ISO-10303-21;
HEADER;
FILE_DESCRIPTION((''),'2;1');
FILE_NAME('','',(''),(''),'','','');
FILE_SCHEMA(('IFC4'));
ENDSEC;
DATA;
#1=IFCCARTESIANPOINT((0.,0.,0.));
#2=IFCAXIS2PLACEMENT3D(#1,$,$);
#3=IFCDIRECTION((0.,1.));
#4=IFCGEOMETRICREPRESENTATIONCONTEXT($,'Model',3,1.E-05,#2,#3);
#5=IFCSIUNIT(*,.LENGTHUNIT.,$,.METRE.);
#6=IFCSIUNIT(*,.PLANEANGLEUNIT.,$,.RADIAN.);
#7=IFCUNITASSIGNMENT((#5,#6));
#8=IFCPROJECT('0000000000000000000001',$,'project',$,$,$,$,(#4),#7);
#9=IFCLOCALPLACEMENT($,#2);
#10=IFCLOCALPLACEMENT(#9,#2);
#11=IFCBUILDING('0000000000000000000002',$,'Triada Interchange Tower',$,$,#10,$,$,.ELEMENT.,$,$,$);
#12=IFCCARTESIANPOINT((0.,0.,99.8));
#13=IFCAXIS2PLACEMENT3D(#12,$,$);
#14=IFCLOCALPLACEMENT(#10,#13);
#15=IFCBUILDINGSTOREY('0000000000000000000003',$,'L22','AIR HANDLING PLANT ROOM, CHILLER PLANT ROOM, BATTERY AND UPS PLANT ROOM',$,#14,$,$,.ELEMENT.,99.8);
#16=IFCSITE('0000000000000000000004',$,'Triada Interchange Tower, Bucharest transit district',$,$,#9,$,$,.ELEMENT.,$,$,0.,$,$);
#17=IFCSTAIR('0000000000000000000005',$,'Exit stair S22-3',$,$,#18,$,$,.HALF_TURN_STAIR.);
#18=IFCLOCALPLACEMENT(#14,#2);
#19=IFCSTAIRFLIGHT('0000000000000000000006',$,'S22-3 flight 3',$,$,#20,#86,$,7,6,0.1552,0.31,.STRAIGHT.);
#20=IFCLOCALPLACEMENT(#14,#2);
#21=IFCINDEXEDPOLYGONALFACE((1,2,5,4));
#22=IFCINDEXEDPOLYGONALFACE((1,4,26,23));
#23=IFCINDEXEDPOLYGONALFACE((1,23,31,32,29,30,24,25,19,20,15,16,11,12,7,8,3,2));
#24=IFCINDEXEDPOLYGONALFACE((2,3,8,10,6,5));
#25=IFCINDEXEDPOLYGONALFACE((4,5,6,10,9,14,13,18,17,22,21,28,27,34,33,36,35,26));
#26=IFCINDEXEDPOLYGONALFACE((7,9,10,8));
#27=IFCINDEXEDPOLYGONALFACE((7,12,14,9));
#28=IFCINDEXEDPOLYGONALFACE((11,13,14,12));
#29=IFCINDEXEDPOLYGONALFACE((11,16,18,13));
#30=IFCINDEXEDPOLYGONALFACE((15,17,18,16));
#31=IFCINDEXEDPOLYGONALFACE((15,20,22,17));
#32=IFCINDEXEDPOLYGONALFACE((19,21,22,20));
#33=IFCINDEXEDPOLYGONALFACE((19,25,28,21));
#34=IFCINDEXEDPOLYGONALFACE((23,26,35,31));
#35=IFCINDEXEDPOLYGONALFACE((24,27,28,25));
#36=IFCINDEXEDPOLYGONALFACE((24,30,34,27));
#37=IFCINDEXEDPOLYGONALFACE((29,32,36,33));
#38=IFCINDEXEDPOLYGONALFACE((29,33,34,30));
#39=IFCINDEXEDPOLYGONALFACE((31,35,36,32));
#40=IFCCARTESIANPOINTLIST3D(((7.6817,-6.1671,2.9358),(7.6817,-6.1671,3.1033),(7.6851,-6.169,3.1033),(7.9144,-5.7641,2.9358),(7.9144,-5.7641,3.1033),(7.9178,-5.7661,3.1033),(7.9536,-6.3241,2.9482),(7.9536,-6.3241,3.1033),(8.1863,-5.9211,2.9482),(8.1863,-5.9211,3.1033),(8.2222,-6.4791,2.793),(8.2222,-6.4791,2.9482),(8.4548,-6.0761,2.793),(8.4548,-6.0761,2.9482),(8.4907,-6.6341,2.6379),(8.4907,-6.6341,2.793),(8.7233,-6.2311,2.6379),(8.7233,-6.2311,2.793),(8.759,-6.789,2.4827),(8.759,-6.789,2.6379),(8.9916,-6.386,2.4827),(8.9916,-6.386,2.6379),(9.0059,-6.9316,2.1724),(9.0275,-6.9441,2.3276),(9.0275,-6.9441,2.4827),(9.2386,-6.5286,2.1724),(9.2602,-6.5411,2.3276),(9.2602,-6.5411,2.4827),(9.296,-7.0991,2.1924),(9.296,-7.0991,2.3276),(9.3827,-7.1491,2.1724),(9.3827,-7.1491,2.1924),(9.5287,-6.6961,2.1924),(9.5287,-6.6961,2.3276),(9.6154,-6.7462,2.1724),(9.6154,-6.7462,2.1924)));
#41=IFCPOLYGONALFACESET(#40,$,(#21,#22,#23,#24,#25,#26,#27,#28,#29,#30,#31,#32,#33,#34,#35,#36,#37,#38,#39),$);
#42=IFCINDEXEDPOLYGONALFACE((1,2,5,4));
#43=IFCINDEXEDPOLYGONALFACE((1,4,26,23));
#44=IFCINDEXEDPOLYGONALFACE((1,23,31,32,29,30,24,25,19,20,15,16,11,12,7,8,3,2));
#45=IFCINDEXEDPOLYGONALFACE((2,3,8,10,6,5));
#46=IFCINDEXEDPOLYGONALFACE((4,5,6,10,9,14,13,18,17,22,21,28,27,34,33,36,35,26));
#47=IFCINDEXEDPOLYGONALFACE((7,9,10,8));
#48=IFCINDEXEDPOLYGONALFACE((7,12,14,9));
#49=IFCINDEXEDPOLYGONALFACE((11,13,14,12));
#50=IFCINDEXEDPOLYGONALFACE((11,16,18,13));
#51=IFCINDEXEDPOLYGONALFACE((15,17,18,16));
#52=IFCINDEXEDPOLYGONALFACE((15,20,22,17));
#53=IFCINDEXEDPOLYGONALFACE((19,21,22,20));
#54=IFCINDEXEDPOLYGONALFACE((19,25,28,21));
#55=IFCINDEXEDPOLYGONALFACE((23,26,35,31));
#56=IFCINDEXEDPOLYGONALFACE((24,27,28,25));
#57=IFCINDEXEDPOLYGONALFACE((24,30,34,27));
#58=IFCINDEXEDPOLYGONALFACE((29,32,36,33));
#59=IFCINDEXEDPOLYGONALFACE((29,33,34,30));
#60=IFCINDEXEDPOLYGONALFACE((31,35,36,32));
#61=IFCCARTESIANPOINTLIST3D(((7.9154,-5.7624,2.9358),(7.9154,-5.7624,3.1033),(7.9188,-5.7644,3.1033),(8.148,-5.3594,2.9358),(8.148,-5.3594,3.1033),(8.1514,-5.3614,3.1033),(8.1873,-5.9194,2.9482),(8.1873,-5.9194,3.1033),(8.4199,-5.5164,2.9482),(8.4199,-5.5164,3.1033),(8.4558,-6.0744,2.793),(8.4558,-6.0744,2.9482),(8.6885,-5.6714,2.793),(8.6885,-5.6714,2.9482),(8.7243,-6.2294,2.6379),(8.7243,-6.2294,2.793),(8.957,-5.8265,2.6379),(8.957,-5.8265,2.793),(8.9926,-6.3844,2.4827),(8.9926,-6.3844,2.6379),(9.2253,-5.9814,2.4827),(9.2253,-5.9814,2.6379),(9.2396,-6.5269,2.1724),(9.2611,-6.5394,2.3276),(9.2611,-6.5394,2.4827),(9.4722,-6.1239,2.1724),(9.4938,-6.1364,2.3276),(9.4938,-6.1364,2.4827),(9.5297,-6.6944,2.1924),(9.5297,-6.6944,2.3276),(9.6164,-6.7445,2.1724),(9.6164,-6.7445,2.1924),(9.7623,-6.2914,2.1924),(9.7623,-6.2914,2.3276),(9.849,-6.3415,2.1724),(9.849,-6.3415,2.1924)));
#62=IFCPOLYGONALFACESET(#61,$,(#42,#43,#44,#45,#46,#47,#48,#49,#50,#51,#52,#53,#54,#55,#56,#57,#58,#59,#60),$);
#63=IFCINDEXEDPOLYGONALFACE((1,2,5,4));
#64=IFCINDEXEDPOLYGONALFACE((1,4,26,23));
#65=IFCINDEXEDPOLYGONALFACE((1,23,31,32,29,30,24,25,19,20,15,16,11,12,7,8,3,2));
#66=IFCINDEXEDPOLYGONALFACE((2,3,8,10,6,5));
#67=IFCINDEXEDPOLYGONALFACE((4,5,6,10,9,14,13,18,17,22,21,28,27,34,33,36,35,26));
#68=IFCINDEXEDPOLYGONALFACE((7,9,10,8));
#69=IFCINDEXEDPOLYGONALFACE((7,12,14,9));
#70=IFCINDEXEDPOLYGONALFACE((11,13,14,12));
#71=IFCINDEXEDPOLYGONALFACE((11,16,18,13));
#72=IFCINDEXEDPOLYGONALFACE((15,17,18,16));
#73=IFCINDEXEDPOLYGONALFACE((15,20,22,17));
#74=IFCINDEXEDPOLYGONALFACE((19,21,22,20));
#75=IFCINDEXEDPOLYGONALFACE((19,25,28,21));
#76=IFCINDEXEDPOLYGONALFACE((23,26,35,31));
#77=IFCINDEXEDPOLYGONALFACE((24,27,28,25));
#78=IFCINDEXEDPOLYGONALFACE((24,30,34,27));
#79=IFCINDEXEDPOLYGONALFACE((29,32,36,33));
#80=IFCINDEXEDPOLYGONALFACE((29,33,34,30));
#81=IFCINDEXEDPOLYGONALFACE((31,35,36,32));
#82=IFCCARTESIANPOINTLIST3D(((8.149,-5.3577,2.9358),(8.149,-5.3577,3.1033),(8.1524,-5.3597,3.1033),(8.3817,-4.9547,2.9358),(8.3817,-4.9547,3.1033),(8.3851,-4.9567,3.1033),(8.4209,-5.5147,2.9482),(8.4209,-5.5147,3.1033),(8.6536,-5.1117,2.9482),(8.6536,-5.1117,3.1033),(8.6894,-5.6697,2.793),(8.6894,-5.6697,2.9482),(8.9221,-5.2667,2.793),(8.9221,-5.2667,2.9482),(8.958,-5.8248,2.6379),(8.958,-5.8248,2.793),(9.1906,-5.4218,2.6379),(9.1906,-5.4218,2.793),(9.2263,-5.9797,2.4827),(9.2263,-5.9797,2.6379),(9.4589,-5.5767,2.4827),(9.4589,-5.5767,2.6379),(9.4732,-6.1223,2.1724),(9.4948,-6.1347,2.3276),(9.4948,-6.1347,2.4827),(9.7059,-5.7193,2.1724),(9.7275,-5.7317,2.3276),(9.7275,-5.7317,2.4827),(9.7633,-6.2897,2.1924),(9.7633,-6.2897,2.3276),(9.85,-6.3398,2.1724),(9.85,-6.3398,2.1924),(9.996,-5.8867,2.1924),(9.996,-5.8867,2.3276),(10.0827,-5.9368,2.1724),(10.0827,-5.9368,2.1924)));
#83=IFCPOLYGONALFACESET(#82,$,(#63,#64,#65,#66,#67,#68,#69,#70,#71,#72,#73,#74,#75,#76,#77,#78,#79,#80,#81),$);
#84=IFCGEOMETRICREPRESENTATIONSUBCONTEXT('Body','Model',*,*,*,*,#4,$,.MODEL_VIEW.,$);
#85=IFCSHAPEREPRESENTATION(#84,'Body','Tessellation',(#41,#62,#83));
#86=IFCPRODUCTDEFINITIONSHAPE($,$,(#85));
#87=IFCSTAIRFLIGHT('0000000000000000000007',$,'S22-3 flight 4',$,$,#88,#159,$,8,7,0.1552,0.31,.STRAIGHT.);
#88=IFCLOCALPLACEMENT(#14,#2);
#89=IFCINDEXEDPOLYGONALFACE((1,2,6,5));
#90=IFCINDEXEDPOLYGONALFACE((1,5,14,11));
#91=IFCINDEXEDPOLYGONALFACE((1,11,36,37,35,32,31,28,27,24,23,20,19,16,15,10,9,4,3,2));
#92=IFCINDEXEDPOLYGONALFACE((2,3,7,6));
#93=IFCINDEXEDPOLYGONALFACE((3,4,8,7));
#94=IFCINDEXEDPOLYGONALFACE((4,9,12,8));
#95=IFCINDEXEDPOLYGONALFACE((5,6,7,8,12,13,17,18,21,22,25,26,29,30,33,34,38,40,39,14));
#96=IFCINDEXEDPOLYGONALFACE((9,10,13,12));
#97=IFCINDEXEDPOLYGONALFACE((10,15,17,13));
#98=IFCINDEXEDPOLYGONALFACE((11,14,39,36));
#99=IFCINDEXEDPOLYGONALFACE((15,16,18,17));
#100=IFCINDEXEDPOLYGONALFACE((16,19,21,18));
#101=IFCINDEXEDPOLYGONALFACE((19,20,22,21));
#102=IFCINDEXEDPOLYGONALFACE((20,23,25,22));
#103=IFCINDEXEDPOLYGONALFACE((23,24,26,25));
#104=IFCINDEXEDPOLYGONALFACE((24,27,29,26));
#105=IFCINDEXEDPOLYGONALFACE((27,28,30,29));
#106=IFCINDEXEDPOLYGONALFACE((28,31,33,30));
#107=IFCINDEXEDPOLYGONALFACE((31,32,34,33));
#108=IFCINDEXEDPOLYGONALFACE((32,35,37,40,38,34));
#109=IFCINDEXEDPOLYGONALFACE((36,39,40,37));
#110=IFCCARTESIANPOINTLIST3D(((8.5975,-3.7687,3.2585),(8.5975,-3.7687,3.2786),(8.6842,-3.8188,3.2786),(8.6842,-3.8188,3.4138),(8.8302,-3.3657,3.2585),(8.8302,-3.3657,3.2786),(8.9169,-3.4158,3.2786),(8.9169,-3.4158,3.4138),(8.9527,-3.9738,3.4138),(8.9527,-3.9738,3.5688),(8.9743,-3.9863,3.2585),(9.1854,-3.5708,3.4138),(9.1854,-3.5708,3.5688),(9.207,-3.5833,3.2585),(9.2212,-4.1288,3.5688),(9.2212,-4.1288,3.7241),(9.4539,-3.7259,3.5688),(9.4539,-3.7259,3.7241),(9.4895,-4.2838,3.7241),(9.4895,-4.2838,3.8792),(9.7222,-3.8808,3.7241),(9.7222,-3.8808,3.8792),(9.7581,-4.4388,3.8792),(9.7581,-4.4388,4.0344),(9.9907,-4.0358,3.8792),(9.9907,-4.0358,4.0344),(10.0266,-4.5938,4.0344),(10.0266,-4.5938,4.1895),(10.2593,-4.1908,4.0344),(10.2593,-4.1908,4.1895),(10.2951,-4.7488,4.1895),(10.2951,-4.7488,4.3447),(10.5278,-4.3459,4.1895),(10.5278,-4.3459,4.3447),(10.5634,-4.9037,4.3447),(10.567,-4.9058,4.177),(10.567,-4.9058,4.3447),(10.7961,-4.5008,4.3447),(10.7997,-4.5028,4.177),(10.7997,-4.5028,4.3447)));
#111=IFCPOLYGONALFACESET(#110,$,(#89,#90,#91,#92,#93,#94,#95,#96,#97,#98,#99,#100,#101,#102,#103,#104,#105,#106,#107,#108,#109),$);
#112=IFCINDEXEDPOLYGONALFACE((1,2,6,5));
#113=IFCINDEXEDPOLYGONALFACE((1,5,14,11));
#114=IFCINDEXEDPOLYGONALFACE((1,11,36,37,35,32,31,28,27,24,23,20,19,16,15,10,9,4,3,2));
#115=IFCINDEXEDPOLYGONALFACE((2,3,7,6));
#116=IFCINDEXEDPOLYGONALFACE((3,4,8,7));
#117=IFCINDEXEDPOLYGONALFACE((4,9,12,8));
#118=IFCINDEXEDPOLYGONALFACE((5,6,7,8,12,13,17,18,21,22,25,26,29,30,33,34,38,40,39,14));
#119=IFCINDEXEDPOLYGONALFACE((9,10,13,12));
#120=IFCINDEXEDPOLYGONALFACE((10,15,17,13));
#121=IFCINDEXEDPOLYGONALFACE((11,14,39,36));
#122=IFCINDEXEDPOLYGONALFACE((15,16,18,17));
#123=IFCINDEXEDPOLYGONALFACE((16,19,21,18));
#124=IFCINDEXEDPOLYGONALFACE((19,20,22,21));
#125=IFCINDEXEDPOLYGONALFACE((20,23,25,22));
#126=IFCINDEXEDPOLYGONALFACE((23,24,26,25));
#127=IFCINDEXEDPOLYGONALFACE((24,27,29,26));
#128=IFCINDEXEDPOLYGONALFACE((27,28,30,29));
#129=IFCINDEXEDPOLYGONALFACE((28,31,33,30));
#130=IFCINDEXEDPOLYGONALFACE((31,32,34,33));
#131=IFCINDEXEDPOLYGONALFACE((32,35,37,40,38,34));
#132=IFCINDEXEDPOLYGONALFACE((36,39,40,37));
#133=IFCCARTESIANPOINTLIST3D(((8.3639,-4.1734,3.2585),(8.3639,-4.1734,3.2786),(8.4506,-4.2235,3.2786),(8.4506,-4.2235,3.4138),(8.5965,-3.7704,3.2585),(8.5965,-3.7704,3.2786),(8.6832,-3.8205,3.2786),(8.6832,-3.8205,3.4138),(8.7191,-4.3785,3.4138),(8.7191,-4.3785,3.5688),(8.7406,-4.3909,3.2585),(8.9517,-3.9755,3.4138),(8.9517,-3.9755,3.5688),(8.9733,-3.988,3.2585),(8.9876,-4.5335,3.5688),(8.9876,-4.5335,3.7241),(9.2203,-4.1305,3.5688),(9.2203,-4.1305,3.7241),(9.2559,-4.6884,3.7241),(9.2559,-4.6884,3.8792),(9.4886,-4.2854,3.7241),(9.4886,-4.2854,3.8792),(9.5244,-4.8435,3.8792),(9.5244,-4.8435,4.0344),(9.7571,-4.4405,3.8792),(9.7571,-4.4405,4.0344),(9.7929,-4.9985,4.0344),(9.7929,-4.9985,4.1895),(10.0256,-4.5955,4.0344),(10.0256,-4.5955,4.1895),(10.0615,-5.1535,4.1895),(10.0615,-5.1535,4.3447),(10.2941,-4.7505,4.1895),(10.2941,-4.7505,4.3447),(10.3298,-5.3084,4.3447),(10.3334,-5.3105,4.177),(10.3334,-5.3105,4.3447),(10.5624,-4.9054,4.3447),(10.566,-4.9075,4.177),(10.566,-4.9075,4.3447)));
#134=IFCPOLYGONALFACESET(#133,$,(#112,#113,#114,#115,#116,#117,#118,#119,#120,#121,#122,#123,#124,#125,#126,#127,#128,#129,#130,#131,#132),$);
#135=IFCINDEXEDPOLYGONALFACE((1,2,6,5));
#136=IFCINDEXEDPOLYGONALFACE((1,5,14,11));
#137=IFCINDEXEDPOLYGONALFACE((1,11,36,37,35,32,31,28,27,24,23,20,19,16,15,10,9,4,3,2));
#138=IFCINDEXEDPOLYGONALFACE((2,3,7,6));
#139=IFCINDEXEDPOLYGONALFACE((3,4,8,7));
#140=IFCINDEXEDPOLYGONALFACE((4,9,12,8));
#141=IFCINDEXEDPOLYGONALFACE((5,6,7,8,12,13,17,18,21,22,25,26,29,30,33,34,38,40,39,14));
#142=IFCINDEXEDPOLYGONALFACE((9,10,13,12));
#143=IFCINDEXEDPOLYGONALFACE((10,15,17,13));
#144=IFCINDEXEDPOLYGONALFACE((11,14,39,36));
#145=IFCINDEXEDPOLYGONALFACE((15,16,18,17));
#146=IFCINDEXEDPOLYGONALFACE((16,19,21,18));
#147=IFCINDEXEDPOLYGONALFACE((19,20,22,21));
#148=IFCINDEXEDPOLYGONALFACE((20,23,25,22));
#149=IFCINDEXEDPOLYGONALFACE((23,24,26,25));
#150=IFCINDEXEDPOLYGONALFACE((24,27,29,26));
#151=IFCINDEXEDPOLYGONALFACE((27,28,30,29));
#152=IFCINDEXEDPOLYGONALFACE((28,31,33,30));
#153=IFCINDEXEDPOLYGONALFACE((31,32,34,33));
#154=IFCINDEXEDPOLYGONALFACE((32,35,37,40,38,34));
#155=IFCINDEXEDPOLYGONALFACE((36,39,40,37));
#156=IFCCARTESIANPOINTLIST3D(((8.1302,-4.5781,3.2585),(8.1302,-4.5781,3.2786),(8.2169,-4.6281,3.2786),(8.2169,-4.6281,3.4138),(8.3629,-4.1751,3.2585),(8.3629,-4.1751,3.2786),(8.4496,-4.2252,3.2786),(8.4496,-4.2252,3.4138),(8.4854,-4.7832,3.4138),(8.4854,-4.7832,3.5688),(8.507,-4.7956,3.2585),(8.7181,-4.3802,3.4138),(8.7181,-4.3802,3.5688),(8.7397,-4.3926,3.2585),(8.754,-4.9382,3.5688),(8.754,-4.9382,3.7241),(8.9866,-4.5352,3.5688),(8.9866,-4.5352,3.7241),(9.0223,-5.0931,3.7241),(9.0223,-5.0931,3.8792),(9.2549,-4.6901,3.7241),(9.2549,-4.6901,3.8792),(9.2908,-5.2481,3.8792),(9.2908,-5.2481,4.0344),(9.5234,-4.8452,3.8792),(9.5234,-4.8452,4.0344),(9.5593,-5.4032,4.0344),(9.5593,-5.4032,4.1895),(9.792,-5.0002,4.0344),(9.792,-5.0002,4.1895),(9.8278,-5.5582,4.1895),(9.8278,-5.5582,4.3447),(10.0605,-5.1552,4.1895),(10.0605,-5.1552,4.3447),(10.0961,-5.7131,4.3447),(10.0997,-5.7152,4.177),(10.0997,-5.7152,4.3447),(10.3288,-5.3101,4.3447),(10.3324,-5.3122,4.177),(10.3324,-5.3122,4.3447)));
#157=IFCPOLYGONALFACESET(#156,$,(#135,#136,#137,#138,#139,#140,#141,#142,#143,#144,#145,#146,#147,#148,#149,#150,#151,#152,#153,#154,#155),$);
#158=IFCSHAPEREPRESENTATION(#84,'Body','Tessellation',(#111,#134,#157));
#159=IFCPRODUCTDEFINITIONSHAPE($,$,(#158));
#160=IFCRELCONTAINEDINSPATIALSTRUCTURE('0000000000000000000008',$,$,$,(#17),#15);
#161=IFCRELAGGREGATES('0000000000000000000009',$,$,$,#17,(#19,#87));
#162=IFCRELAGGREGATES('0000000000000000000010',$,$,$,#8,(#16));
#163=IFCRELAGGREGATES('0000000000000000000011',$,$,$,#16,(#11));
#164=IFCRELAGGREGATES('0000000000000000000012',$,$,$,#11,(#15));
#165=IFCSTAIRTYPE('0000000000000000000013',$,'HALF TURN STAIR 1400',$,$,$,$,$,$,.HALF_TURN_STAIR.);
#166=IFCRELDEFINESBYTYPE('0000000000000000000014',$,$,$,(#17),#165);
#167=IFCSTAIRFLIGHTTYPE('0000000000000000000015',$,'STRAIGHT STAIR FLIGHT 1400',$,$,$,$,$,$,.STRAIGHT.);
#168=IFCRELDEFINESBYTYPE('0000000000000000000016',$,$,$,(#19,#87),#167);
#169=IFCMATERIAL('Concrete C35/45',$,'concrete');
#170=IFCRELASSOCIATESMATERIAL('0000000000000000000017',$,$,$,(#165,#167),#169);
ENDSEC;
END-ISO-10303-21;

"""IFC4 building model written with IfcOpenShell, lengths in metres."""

from ifc_helpers import new_model, si_unit, direction, frame, origin, place, context, subcontext, project, spatial, polyline, outline, extrude, material, type_object, element, aggregate, save


model = new_model("IFC4")

# Units and contexts
model_context = context("Model", 3, precision=1e-05, world=origin(), true_north=direction((0.0, 1.0)))
body_context = subcontext(model_context, "Body", "Model", "MODEL_VIEW")
ifc_project = project(units=[si_unit("LENGTHUNIT", "METRE"), si_unit("PLANEANGLEUNIT", "RADIAN")], contexts=[model_context])

# Site, building, storey
site_placement = place(None, origin())
site = spatial("IfcSite", under=ifc_project, at=site_placement, Name="Triada Interchange Tower, Bucharest transit district", CompositionType="ELEMENT", RefElevation=0.0)
building_placement = place(site_placement, origin())
building = spatial("IfcBuilding", under=site, at=building_placement, Name="Triada Interchange Tower", CompositionType="ELEMENT")
storey_placement = place(building_placement, frame((0.0, 0.0, 99.8)))
storey = spatial("IfcBuildingStorey", under=building, at=storey_placement, Name="L22", Description="AIR HANDLING PLANT ROOM, CHILLER PLANT ROOM, BATTERY AND UPS PLANT ROOM", CompositionType="ELEMENT", Elevation=99.8)

# Stair, stair flights
ifc_material_1 = material(Name="Concrete C35/45", Category="concrete")
stair_type = type_object("IfcStairType", Name="HALF TURN STAIR 1400", PredefinedType="HALF_TURN_STAIR", material=ifc_material_1)
stair_placement = place(storey_placement, origin())
stair = element("IfcStair", 1, at=stair_placement, inside=storey, type_object=stair_type, Name="Exit stair S22-3", PredefinedType="HALF_TURN_STAIR")
stair_flight_type = type_object("IfcStairFlightType", Name="STRAIGHT STAIR FLIGHT 1400", PredefinedType="STRAIGHT", material=ifc_material_1)
stair_flight_1_placement = place(storey_placement, frame((9.646, -6.4929, 2.1724), z_axis=(0.0, 0.0, 1.0), x_axis=(-0.866025, 0.5, 0.0)))
stair_flight_1 = element("IfcStairFlight", 2, at=stair_flight_1_placement, type_object=stair_flight_type, Name="S22-3 flight 3", NumberOfRisers=7, NumberOfTreads=6, PredefinedType="STRAIGHT", RiserHeight=0.1552, TreadLength=0.31, context=body_context, shape_type="SweptSolid", body=[
    extrude(outline(polyline([(-0.1001, 0.0), (-0.1001, 0.02), (0.0, 0.02), (0.0, 0.1553), (0.3101, 0.1553), (0.3101, 0.3103), (0.6201, 0.3103), (0.6201, 0.4656), (0.9299, 0.4656), (0.9299, 0.6206), (1.24, 0.6206), (1.24, 0.7759), (1.55, 0.7759), (1.55, 0.9309), (1.8601, 0.9309), (1.864, 0.9309), (1.864, 1.0862), (1.864, 0.7634), (0.335, 0.0), (-0.1001, 0.0)])), frame((0.0, 0.7, 0.0), z_axis=(0.0, -1.0, 0.0), x_axis=(1.0, 0.0, 0.0)), (0.0, 0.0, 1.0), 0.4653),
    extrude(outline(polyline([(-0.1001, 0.0), (-0.1001, 0.02), (0.0, 0.02), (0.0, 0.1553), (0.3101, 0.1553), (0.3101, 0.3103), (0.6201, 0.3103), (0.6201, 0.4656), (0.9299, 0.4656), (0.9299, 0.6206), (1.24, 0.6206), (1.24, 0.7759), (1.55, 0.7759), (1.55, 0.9309), (1.8601, 0.9309), (1.864, 0.9309), (1.864, 1.0862), (1.864, 0.7634), (0.335, 0.0), (-0.1001, 0.0)])), frame((0.0, 0.2327, 0.0), z_axis=(0.0, -1.0, 0.0), x_axis=(1.0, 0.0, 0.0)), (0.0, 0.0, 1.0), 0.4653),
    extrude(outline(polyline([(-0.1001, 0.0), (-0.1001, 0.02), (0.0, 0.02), (0.0, 0.1553), (0.3101, 0.1553), (0.3101, 0.3103), (0.6201, 0.3103), (0.6201, 0.4656), (0.9299, 0.4656), (0.9299, 0.6206), (1.24, 0.6206), (1.24, 0.7759), (1.55, 0.7759), (1.55, 0.9309), (1.8601, 0.9309), (1.864, 0.9309), (1.864, 1.0862), (1.864, 0.7634), (0.335, 0.0), (-0.1001, 0.0)])), frame((0.0, -0.2346, 0.0), z_axis=(0.0, -1.0, 0.0), x_axis=(1.0, 0.0, 0.0)), (0.0, 0.0, 1.0), 0.4653),
])
stair_flight_2_placement = place(storey_placement, frame((8.5669, -4.022, 3.2585), z_axis=(0.0, 0.0, 1.0), x_axis=(0.866025, -0.5, 0.0)))
stair_flight_2 = element("IfcStairFlight", 3, at=stair_flight_2_placement, type_object=stair_flight_type, Name="S22-3 flight 4", NumberOfRisers=8, NumberOfTreads=7, PredefinedType="STRAIGHT", RiserHeight=0.1552, TreadLength=0.31, context=body_context, shape_type="SweptSolid", body=[
    extrude(outline(polyline([(-0.1001, 0.0), (-0.1001, 0.02), (0.0, 0.02), (0.0, 0.1553), (0.3101, 0.1553), (0.3101, 0.3103), (0.6201, 0.3103), (0.6201, 0.4656), (0.9299, 0.4656), (0.9299, 0.6206), (1.24, 0.6206), (1.24, 0.7759), (1.55, 0.7759), (1.55, 0.9309), (1.8601, 0.9309), (1.8601, 1.0862), (2.1699, 1.0862), (2.1741, 1.0862), (2.1741, 1.2415), (2.1741, 0.9185), (0.335, 0.0), (-0.1001, 0.0)])), frame((0.0, 0.7, 0.0), z_axis=(0.0, -1.0, 0.0), x_axis=(1.0, 0.0, 0.0)), (0.0, 0.0, 1.0), 0.4653),
    extrude(outline(polyline([(-0.1001, 0.0), (-0.1001, 0.02), (0.0, 0.02), (0.0, 0.1553), (0.3101, 0.1553), (0.3101, 0.3103), (0.6201, 0.3103), (0.6201, 0.4656), (0.9299, 0.4656), (0.9299, 0.6206), (1.24, 0.6206), (1.24, 0.7759), (1.55, 0.7759), (1.55, 0.9309), (1.8601, 0.9309), (1.8601, 1.0862), (2.1699, 1.0862), (2.1741, 1.0862), (2.1741, 1.2415), (2.1741, 0.9185), (0.335, 0.0), (-0.1001, 0.0)])), frame((0.0, 0.2327, 0.0), z_axis=(0.0, -1.0, 0.0), x_axis=(1.0, 0.0, 0.0)), (0.0, 0.0, 1.0), 0.4653),
    extrude(outline(polyline([(-0.1001, 0.0), (-0.1001, 0.02), (0.0, 0.02), (0.0, 0.1553), (0.3101, 0.1553), (0.3101, 0.3103), (0.6201, 0.3103), (0.6201, 0.4656), (0.9299, 0.4656), (0.9299, 0.6206), (1.24, 0.6206), (1.24, 0.7759), (1.55, 0.7759), (1.55, 0.9309), (1.8601, 0.9309), (1.8601, 1.0862), (2.1699, 1.0862), (2.1741, 1.0862), (2.1741, 1.2415), (2.1741, 0.9185), (0.335, 0.0), (-0.1001, 0.0)])), frame((0.0, -0.2346, 0.0), z_axis=(0.0, -1.0, 0.0), x_axis=(1.0, 0.0, 0.0)), (0.0, 0.0, 1.0), 0.4653),
])
aggregate(stair, [stair_flight_1, stair_flight_2])

save(model, "model.ifc")
